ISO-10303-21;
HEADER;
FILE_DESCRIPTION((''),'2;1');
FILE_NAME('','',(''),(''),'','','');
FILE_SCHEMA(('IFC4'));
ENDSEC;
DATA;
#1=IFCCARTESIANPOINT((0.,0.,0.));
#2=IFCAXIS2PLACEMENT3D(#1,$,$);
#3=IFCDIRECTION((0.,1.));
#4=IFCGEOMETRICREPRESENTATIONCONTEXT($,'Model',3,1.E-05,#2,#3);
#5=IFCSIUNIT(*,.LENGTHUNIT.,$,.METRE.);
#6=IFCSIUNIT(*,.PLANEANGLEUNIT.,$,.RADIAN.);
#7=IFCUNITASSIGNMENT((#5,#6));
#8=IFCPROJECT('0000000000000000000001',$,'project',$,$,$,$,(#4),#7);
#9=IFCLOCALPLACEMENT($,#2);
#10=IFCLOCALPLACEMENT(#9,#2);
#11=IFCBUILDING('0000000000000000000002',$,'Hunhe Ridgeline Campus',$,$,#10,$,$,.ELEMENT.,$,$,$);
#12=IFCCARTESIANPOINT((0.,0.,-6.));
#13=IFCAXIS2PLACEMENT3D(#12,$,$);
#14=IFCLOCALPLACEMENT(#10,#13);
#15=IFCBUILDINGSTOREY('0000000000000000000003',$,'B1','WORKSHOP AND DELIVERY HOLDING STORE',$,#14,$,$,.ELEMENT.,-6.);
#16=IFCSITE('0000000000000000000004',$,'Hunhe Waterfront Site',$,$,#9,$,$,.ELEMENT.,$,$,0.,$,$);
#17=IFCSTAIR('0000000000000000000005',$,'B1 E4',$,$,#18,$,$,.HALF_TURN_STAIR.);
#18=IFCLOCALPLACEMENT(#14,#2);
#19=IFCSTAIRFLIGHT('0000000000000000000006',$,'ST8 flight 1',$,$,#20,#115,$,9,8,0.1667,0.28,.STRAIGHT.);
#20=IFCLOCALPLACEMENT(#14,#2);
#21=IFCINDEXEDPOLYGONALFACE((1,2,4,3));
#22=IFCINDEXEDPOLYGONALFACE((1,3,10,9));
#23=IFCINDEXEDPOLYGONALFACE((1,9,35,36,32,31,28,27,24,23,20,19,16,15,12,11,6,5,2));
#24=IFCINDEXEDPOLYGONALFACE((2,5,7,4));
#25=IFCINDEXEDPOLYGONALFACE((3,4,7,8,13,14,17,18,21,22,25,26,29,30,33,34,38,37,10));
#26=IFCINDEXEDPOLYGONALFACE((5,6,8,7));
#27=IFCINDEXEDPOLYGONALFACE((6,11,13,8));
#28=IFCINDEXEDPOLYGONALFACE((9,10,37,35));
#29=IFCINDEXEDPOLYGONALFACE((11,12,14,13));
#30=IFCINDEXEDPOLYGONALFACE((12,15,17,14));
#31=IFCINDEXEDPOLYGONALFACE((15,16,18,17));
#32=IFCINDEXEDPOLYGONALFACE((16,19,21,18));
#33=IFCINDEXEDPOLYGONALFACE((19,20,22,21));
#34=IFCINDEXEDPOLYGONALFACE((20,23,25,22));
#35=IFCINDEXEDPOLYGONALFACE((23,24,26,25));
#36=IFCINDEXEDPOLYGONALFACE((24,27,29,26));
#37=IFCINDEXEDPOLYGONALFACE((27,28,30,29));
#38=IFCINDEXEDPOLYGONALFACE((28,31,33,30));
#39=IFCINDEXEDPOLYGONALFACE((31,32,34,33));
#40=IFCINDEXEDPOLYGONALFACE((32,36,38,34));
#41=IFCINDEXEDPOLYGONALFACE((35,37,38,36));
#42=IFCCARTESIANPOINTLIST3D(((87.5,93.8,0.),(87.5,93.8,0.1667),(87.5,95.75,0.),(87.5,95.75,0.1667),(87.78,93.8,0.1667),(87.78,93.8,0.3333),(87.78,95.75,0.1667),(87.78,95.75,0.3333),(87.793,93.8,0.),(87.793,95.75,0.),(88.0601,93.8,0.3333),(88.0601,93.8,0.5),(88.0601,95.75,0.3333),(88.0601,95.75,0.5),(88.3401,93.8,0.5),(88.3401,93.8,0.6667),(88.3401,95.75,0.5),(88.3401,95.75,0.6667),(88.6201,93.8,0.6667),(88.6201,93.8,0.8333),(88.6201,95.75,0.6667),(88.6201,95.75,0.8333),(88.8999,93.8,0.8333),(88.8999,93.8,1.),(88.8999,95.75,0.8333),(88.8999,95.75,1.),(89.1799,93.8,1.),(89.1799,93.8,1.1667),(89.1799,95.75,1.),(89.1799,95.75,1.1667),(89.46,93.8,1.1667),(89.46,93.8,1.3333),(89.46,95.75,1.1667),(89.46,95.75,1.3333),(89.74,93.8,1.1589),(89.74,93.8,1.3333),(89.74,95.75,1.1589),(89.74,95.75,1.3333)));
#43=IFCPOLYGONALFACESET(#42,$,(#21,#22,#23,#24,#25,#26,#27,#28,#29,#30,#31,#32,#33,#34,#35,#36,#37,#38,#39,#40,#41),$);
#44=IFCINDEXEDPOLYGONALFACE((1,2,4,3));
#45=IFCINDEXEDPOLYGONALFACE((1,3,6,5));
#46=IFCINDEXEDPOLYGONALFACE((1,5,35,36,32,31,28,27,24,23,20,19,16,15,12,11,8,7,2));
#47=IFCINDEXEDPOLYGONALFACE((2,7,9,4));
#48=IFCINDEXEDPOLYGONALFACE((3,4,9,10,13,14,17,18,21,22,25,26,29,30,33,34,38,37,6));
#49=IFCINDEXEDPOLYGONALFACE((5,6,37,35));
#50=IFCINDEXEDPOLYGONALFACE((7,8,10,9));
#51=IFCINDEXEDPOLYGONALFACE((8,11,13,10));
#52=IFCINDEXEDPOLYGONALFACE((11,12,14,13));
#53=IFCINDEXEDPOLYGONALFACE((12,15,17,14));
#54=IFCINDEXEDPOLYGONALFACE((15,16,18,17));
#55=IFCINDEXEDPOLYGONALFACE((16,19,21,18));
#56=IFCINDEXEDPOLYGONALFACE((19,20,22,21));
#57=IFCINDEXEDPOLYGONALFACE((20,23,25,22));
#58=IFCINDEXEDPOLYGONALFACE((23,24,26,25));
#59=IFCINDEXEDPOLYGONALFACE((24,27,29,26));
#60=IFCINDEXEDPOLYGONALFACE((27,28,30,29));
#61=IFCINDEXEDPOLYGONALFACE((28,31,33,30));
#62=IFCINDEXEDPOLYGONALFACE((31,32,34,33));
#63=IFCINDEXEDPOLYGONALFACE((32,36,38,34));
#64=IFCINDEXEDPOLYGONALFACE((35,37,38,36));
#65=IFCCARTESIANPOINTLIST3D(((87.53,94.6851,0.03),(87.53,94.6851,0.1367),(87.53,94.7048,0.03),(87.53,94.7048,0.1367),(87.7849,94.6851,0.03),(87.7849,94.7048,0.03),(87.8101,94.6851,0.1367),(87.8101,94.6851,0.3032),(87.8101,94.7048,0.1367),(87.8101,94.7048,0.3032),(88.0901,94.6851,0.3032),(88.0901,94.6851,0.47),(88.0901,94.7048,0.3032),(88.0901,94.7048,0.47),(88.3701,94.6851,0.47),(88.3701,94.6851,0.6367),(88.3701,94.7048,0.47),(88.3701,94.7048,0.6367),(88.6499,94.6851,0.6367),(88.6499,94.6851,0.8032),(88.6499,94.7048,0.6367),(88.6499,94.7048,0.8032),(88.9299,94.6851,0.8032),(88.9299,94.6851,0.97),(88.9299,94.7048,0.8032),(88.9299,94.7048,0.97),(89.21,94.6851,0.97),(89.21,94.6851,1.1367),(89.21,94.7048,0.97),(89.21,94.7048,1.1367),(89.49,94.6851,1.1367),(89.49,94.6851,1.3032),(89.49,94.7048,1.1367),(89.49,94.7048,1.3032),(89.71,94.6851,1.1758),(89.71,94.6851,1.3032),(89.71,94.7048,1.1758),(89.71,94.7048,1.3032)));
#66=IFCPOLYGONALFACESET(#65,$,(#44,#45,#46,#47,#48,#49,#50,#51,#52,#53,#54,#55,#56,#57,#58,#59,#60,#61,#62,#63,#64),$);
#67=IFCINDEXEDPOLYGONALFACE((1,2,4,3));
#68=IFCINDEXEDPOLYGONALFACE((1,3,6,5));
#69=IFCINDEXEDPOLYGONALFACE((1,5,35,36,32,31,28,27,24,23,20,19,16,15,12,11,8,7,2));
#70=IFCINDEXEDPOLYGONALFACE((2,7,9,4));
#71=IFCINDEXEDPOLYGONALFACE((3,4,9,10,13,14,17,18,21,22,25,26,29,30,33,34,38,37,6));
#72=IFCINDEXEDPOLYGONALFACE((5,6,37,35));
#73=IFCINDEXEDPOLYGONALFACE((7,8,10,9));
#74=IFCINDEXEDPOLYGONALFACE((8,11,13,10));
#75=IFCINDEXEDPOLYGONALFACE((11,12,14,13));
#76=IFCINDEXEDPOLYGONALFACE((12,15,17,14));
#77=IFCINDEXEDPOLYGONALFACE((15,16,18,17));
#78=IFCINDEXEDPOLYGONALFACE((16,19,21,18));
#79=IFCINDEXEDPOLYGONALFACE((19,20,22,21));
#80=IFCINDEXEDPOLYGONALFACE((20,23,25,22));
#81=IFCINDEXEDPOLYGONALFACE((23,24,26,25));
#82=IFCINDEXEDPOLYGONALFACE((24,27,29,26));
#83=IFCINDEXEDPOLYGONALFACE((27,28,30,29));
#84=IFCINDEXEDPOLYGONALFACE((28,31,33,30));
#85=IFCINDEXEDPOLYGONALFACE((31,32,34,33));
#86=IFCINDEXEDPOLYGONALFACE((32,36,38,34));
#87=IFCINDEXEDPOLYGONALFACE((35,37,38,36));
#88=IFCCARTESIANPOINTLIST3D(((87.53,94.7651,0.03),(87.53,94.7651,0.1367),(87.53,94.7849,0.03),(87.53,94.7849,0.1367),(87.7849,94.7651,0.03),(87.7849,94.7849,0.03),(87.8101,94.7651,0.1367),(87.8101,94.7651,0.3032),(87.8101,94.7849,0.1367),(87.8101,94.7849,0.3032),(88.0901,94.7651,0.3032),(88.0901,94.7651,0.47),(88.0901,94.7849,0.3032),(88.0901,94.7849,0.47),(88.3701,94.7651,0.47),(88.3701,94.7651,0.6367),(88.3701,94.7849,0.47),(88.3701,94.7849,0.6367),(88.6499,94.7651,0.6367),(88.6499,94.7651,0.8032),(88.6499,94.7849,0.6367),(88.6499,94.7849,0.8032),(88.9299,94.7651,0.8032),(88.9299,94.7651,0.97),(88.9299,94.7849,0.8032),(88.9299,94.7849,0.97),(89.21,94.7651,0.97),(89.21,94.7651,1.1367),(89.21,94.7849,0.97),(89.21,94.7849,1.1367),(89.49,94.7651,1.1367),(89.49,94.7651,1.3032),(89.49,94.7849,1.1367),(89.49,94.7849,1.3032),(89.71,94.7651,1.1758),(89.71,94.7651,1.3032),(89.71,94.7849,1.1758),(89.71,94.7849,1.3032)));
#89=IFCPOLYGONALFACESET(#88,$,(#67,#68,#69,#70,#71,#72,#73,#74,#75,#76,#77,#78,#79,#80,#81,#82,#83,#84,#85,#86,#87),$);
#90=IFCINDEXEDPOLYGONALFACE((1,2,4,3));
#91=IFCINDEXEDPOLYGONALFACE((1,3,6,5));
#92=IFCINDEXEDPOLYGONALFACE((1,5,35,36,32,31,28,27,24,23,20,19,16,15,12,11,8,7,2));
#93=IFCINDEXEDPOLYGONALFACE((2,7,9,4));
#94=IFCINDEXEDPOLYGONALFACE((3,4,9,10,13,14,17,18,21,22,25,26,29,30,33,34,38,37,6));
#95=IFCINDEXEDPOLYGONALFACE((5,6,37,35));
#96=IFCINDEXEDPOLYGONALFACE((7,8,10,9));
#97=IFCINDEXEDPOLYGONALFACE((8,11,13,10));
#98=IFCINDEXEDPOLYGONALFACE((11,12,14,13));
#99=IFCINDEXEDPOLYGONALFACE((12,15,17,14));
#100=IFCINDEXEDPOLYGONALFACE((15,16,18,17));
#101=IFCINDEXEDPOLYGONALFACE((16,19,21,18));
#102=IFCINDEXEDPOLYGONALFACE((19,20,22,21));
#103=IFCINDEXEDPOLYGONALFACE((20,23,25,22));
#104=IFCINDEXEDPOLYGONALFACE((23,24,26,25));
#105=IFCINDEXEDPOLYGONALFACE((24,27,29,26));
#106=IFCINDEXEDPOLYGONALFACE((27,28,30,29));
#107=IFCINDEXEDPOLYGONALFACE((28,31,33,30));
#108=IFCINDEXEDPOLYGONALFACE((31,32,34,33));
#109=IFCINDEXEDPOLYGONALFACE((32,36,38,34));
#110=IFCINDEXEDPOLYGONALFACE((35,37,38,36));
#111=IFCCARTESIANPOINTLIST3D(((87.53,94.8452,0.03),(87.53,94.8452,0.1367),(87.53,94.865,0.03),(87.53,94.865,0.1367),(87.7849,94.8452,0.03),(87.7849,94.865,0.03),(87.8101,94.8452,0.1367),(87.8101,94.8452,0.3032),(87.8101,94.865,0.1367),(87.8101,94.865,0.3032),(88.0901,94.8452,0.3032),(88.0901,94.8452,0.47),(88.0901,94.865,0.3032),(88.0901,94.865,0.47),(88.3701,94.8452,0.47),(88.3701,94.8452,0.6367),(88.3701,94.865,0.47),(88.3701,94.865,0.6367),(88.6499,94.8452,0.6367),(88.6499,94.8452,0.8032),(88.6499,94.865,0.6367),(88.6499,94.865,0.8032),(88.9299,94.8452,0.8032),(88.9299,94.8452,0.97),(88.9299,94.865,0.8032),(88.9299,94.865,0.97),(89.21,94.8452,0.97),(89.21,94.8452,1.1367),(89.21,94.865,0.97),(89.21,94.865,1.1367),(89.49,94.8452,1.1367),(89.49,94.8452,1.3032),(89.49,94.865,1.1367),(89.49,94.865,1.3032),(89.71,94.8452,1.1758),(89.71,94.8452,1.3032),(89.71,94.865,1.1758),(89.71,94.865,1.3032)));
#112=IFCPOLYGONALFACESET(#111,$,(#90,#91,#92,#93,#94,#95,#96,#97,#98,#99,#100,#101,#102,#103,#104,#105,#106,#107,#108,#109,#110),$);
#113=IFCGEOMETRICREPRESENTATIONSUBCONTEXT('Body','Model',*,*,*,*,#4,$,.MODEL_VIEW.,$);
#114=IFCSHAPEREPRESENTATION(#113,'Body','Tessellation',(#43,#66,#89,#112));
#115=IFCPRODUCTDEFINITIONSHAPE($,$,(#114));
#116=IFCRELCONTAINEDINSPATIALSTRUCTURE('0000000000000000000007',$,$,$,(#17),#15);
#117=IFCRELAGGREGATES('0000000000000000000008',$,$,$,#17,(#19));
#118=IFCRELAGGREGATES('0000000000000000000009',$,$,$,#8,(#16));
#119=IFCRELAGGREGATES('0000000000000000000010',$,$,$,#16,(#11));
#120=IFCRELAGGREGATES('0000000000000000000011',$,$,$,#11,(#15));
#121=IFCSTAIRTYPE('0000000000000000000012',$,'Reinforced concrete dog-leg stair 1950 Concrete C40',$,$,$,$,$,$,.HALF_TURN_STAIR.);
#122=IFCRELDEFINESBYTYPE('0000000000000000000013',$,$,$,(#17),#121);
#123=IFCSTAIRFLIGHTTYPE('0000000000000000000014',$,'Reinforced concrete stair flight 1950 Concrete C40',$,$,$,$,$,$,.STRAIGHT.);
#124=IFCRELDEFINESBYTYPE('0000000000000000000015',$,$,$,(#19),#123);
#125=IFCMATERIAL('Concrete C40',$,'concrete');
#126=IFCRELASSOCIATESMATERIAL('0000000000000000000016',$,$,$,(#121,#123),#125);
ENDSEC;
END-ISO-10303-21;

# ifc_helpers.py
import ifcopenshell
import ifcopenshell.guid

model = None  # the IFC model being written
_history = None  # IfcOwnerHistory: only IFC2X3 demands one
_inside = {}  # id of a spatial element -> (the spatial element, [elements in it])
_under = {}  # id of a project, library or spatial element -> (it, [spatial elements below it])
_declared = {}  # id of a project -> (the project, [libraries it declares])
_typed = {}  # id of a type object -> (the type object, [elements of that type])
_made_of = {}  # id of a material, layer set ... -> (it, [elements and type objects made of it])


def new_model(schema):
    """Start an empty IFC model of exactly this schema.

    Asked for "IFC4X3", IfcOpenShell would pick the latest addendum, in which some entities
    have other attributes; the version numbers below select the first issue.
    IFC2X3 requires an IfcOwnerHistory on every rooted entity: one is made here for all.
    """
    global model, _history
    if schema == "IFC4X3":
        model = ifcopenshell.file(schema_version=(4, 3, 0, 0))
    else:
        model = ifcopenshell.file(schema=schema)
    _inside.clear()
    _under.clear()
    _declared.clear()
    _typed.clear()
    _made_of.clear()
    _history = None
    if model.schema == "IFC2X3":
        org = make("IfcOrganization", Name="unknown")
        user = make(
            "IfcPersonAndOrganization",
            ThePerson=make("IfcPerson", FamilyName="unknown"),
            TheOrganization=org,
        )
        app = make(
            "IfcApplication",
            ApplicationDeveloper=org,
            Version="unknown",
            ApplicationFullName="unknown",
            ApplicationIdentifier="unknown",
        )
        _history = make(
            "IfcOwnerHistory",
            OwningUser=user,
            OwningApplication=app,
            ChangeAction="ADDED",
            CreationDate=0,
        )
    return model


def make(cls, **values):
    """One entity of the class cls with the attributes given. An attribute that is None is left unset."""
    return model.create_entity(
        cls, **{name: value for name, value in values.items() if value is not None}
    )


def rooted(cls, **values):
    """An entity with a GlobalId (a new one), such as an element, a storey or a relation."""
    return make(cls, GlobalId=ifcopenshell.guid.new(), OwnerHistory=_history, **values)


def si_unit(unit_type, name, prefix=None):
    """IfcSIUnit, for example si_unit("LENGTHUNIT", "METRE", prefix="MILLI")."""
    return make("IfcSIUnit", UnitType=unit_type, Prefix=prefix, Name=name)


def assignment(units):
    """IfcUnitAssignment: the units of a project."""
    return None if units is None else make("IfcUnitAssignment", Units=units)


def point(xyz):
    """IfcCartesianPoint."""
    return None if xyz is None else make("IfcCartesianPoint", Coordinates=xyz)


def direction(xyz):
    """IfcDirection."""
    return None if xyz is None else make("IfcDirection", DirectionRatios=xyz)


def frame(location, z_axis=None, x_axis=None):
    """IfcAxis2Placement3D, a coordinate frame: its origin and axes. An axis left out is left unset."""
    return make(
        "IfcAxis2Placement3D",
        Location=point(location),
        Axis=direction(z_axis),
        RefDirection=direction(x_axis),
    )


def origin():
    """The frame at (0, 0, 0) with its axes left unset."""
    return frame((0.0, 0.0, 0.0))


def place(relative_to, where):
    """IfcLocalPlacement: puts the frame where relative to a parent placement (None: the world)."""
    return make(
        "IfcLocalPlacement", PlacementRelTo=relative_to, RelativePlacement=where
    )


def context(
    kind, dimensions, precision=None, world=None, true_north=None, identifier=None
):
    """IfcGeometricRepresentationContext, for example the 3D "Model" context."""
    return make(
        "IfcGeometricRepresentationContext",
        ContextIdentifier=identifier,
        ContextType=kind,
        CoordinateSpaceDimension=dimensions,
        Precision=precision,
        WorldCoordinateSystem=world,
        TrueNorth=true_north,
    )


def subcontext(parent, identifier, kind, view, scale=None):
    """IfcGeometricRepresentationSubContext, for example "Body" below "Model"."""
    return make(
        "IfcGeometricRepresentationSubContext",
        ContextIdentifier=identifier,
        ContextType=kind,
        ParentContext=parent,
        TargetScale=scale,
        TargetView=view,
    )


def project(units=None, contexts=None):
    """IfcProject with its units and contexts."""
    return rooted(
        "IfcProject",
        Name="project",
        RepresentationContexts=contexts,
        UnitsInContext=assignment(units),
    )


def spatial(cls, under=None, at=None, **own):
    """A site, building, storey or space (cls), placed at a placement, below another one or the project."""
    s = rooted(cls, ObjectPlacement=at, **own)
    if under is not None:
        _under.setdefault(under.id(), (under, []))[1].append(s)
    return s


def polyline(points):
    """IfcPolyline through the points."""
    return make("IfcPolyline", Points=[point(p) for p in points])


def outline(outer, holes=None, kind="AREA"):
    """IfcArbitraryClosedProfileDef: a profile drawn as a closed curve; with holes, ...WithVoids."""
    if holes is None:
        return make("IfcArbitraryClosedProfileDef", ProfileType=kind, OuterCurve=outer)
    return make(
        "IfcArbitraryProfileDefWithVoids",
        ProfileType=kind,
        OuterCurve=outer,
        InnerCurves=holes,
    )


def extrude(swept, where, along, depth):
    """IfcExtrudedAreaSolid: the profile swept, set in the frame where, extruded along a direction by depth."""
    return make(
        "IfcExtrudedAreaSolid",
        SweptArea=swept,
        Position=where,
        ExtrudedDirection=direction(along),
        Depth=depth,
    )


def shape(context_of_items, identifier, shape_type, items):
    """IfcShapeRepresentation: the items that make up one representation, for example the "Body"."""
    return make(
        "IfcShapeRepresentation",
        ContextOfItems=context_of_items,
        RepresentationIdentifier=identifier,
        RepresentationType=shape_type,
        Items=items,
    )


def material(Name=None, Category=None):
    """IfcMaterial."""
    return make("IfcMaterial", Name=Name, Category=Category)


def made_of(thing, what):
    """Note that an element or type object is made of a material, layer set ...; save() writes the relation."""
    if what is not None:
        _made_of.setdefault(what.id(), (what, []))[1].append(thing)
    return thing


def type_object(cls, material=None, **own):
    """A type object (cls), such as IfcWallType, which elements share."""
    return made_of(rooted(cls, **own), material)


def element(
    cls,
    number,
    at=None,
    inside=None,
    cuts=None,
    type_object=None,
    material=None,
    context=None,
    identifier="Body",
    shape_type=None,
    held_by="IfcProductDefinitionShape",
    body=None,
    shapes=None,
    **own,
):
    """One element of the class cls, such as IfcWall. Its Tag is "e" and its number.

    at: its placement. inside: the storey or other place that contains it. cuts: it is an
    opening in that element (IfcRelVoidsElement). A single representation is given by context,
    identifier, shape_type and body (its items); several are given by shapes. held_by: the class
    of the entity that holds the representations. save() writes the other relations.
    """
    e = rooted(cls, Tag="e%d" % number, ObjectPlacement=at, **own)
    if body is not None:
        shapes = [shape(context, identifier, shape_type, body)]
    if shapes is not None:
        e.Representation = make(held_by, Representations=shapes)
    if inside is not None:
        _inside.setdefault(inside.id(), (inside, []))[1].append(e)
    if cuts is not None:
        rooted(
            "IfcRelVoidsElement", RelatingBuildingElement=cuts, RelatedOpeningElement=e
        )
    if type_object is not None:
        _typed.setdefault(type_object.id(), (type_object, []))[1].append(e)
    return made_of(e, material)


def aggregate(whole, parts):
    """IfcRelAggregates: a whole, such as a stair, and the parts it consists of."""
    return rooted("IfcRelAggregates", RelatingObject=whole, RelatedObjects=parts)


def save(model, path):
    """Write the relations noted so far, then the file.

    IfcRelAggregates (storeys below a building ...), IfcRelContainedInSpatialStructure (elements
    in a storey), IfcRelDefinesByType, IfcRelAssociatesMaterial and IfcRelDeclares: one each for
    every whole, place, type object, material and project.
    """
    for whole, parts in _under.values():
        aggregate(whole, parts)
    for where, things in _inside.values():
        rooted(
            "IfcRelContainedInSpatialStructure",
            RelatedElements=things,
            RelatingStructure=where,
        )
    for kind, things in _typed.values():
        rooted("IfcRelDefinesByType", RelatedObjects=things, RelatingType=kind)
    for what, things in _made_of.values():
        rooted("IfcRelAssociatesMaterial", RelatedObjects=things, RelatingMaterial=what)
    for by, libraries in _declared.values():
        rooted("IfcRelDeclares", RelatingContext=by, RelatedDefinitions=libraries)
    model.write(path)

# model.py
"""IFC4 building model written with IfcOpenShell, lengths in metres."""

from ifc_helpers import new_model, si_unit, direction, frame, origin, place, context, subcontext, project, spatial, polyline, outline, extrude, material, type_object, element, aggregate, save


model = new_model("IFC4")

# Units and contexts
model_context = context("Model", 3, precision=1e-05, world=origin(), true_north=direction((0.0, 1.0)))
body_context = subcontext(model_context, "Body", "Model", "MODEL_VIEW")
ifc_project = project(units=[si_unit("LENGTHUNIT", "METRE"), si_unit("PLANEANGLEUNIT", "RADIAN")], contexts=[model_context])

# Site, building, storey
site_placement = place(None, origin())
site = spatial("IfcSite", under=ifc_project, at=site_placement, Name="Hunhe Waterfront Site", CompositionType="ELEMENT", RefElevation=0.0)
building_placement = place(site_placement, origin())
building = spatial("IfcBuilding", under=site, at=building_placement, Name="Hunhe Ridgeline Campus", CompositionType="ELEMENT")
storey_placement = place(building_placement, frame((0.0, 0.0, -6.0)))
storey = spatial("IfcBuildingStorey", under=building, at=storey_placement, Name="B1", Description="WORKSHOP AND DELIVERY HOLDING STORE", CompositionType="ELEMENT", Elevation=-6.0)

# Shared definitions
ifc_material_1 = material(Name="Concrete C40", Category="concrete")
stair_type = type_object("IfcStairType", Name="Reinforced concrete dog-leg stair 1950 Concrete C40", PredefinedType="HALF_TURN_STAIR", material=ifc_material_1)
stair_flight_type = type_object("IfcStairFlightType", Name="Reinforced concrete stair flight 1950 Concrete C40", PredefinedType="STRAIGHT", material=ifc_material_1)

# Stair, stair flight
stair_1_placement = place(storey_placement, origin())
stair_1 = element("IfcStair", 1, at=stair_1_placement, inside=storey, type_object=stair_type, Name="B1 E4", PredefinedType="HALF_TURN_STAIR")
stair_flight_1_placement = place(storey_placement, frame((87.5, 94.7749, 0.0), z_axis=(0.0, 0.0, 1.0), x_axis=(1.0, 0.0, 0.0)))
stair_flight_1 = element("IfcStairFlight", 2, at=stair_flight_1_placement, type_object=stair_flight_type, Name="ST8 flight 1", NumberOfRisers=9, NumberOfTreads=8, PredefinedType="STRAIGHT", RiserHeight=0.1667, TreadLength=0.28, context=body_context, shape_type="SweptSolid", body=[
    extrude(outline(polyline([(0.0, 0.0), (0.0, 0.1667), (0.28, 0.1667), (0.28, 0.3333), (0.5601, 0.3333), (0.5601, 0.5), (0.8401, 0.5), (0.8401, 0.6667), (1.1201, 0.6667), (1.1201, 0.8333), (1.3999, 0.8333), (1.3999, 1.0), (1.6799, 1.0), (1.6799, 1.1667), (1.96, 1.1667), (1.96, 1.3333), (2.24, 1.3333), (2.24, 1.5), (2.24, 1.1589), (0.293, 0.0), (0.0, 0.0)])), frame((0.0, 0.9751, 0.0), z_axis=(0.0, -1.0, 0.0), x_axis=(1.0, 0.0, 0.0)), (0.0, 0.0, 1.0), 1.95),
    extrude(outline(polyline([(0.03, 0.03), (0.03, 0.1367), (0.3101, 0.1367), (0.3101, 0.3032), (0.5901, 0.3032), (0.5901, 0.47), (0.8701, 0.47), (0.8701, 0.6367), (1.1499, 0.6367), (1.1499, 0.8032), (1.4299, 0.8032), (1.4299, 0.97), (1.71, 0.97), (1.71, 1.1367), (1.99, 1.1367), (1.99, 1.3032), (2.21, 1.3032), (2.21, 1.1758), (0.2849, 0.03), (0.03, 0.03)])), frame((0.0, -0.0701, 0.0), z_axis=(0.0, -1.0, 0.0), x_axis=(1.0, 0.0, 0.0)), (0.0, 0.0, 1.0), 0.0198),
    extrude(outline(polyline([(0.03, 0.03), (0.03, 0.1367), (0.3101, 0.1367), (0.3101, 0.3032), (0.5901, 0.3032), (0.5901, 0.47), (0.8701, 0.47), (0.8701, 0.6367), (1.1499, 0.6367), (1.1499, 0.8032), (1.4299, 0.8032), (1.4299, 0.97), (1.71, 0.97), (1.71, 1.1367), (1.99, 1.1367), (1.99, 1.3032), (2.21, 1.3032), (2.21, 1.1758), (0.2849, 0.03), (0.03, 0.03)])), frame((0.0, 0.01, 0.0), z_axis=(0.0, -1.0, 0.0), x_axis=(1.0, 0.0, 0.0)), (0.0, 0.0, 1.0), 0.0198),
    extrude(outline(polyline([(0.03, 0.03), (0.03, 0.1367), (0.3101, 0.1367), (0.3101, 0.3032), (0.5901, 0.3032), (0.5901, 0.47), (0.8701, 0.47), (0.8701, 0.6367), (1.1499, 0.6367), (1.1499, 0.8032), (1.4299, 0.8032), (1.4299, 0.97), (1.71, 0.97), (1.71, 1.1367), (1.99, 1.1367), (1.99, 1.3032), (2.21, 1.3032), (2.21, 1.1758), (0.2849, 0.03), (0.03, 0.03)])), frame((0.0, 0.0901, 0.0), z_axis=(0.0, -1.0, 0.0), x_axis=(1.0, 0.0, 0.0)), (0.0, 0.0, 1.0), 0.0198),
])
aggregate(stair_1, [stair_flight_1])

save(model, "model.ifc")
